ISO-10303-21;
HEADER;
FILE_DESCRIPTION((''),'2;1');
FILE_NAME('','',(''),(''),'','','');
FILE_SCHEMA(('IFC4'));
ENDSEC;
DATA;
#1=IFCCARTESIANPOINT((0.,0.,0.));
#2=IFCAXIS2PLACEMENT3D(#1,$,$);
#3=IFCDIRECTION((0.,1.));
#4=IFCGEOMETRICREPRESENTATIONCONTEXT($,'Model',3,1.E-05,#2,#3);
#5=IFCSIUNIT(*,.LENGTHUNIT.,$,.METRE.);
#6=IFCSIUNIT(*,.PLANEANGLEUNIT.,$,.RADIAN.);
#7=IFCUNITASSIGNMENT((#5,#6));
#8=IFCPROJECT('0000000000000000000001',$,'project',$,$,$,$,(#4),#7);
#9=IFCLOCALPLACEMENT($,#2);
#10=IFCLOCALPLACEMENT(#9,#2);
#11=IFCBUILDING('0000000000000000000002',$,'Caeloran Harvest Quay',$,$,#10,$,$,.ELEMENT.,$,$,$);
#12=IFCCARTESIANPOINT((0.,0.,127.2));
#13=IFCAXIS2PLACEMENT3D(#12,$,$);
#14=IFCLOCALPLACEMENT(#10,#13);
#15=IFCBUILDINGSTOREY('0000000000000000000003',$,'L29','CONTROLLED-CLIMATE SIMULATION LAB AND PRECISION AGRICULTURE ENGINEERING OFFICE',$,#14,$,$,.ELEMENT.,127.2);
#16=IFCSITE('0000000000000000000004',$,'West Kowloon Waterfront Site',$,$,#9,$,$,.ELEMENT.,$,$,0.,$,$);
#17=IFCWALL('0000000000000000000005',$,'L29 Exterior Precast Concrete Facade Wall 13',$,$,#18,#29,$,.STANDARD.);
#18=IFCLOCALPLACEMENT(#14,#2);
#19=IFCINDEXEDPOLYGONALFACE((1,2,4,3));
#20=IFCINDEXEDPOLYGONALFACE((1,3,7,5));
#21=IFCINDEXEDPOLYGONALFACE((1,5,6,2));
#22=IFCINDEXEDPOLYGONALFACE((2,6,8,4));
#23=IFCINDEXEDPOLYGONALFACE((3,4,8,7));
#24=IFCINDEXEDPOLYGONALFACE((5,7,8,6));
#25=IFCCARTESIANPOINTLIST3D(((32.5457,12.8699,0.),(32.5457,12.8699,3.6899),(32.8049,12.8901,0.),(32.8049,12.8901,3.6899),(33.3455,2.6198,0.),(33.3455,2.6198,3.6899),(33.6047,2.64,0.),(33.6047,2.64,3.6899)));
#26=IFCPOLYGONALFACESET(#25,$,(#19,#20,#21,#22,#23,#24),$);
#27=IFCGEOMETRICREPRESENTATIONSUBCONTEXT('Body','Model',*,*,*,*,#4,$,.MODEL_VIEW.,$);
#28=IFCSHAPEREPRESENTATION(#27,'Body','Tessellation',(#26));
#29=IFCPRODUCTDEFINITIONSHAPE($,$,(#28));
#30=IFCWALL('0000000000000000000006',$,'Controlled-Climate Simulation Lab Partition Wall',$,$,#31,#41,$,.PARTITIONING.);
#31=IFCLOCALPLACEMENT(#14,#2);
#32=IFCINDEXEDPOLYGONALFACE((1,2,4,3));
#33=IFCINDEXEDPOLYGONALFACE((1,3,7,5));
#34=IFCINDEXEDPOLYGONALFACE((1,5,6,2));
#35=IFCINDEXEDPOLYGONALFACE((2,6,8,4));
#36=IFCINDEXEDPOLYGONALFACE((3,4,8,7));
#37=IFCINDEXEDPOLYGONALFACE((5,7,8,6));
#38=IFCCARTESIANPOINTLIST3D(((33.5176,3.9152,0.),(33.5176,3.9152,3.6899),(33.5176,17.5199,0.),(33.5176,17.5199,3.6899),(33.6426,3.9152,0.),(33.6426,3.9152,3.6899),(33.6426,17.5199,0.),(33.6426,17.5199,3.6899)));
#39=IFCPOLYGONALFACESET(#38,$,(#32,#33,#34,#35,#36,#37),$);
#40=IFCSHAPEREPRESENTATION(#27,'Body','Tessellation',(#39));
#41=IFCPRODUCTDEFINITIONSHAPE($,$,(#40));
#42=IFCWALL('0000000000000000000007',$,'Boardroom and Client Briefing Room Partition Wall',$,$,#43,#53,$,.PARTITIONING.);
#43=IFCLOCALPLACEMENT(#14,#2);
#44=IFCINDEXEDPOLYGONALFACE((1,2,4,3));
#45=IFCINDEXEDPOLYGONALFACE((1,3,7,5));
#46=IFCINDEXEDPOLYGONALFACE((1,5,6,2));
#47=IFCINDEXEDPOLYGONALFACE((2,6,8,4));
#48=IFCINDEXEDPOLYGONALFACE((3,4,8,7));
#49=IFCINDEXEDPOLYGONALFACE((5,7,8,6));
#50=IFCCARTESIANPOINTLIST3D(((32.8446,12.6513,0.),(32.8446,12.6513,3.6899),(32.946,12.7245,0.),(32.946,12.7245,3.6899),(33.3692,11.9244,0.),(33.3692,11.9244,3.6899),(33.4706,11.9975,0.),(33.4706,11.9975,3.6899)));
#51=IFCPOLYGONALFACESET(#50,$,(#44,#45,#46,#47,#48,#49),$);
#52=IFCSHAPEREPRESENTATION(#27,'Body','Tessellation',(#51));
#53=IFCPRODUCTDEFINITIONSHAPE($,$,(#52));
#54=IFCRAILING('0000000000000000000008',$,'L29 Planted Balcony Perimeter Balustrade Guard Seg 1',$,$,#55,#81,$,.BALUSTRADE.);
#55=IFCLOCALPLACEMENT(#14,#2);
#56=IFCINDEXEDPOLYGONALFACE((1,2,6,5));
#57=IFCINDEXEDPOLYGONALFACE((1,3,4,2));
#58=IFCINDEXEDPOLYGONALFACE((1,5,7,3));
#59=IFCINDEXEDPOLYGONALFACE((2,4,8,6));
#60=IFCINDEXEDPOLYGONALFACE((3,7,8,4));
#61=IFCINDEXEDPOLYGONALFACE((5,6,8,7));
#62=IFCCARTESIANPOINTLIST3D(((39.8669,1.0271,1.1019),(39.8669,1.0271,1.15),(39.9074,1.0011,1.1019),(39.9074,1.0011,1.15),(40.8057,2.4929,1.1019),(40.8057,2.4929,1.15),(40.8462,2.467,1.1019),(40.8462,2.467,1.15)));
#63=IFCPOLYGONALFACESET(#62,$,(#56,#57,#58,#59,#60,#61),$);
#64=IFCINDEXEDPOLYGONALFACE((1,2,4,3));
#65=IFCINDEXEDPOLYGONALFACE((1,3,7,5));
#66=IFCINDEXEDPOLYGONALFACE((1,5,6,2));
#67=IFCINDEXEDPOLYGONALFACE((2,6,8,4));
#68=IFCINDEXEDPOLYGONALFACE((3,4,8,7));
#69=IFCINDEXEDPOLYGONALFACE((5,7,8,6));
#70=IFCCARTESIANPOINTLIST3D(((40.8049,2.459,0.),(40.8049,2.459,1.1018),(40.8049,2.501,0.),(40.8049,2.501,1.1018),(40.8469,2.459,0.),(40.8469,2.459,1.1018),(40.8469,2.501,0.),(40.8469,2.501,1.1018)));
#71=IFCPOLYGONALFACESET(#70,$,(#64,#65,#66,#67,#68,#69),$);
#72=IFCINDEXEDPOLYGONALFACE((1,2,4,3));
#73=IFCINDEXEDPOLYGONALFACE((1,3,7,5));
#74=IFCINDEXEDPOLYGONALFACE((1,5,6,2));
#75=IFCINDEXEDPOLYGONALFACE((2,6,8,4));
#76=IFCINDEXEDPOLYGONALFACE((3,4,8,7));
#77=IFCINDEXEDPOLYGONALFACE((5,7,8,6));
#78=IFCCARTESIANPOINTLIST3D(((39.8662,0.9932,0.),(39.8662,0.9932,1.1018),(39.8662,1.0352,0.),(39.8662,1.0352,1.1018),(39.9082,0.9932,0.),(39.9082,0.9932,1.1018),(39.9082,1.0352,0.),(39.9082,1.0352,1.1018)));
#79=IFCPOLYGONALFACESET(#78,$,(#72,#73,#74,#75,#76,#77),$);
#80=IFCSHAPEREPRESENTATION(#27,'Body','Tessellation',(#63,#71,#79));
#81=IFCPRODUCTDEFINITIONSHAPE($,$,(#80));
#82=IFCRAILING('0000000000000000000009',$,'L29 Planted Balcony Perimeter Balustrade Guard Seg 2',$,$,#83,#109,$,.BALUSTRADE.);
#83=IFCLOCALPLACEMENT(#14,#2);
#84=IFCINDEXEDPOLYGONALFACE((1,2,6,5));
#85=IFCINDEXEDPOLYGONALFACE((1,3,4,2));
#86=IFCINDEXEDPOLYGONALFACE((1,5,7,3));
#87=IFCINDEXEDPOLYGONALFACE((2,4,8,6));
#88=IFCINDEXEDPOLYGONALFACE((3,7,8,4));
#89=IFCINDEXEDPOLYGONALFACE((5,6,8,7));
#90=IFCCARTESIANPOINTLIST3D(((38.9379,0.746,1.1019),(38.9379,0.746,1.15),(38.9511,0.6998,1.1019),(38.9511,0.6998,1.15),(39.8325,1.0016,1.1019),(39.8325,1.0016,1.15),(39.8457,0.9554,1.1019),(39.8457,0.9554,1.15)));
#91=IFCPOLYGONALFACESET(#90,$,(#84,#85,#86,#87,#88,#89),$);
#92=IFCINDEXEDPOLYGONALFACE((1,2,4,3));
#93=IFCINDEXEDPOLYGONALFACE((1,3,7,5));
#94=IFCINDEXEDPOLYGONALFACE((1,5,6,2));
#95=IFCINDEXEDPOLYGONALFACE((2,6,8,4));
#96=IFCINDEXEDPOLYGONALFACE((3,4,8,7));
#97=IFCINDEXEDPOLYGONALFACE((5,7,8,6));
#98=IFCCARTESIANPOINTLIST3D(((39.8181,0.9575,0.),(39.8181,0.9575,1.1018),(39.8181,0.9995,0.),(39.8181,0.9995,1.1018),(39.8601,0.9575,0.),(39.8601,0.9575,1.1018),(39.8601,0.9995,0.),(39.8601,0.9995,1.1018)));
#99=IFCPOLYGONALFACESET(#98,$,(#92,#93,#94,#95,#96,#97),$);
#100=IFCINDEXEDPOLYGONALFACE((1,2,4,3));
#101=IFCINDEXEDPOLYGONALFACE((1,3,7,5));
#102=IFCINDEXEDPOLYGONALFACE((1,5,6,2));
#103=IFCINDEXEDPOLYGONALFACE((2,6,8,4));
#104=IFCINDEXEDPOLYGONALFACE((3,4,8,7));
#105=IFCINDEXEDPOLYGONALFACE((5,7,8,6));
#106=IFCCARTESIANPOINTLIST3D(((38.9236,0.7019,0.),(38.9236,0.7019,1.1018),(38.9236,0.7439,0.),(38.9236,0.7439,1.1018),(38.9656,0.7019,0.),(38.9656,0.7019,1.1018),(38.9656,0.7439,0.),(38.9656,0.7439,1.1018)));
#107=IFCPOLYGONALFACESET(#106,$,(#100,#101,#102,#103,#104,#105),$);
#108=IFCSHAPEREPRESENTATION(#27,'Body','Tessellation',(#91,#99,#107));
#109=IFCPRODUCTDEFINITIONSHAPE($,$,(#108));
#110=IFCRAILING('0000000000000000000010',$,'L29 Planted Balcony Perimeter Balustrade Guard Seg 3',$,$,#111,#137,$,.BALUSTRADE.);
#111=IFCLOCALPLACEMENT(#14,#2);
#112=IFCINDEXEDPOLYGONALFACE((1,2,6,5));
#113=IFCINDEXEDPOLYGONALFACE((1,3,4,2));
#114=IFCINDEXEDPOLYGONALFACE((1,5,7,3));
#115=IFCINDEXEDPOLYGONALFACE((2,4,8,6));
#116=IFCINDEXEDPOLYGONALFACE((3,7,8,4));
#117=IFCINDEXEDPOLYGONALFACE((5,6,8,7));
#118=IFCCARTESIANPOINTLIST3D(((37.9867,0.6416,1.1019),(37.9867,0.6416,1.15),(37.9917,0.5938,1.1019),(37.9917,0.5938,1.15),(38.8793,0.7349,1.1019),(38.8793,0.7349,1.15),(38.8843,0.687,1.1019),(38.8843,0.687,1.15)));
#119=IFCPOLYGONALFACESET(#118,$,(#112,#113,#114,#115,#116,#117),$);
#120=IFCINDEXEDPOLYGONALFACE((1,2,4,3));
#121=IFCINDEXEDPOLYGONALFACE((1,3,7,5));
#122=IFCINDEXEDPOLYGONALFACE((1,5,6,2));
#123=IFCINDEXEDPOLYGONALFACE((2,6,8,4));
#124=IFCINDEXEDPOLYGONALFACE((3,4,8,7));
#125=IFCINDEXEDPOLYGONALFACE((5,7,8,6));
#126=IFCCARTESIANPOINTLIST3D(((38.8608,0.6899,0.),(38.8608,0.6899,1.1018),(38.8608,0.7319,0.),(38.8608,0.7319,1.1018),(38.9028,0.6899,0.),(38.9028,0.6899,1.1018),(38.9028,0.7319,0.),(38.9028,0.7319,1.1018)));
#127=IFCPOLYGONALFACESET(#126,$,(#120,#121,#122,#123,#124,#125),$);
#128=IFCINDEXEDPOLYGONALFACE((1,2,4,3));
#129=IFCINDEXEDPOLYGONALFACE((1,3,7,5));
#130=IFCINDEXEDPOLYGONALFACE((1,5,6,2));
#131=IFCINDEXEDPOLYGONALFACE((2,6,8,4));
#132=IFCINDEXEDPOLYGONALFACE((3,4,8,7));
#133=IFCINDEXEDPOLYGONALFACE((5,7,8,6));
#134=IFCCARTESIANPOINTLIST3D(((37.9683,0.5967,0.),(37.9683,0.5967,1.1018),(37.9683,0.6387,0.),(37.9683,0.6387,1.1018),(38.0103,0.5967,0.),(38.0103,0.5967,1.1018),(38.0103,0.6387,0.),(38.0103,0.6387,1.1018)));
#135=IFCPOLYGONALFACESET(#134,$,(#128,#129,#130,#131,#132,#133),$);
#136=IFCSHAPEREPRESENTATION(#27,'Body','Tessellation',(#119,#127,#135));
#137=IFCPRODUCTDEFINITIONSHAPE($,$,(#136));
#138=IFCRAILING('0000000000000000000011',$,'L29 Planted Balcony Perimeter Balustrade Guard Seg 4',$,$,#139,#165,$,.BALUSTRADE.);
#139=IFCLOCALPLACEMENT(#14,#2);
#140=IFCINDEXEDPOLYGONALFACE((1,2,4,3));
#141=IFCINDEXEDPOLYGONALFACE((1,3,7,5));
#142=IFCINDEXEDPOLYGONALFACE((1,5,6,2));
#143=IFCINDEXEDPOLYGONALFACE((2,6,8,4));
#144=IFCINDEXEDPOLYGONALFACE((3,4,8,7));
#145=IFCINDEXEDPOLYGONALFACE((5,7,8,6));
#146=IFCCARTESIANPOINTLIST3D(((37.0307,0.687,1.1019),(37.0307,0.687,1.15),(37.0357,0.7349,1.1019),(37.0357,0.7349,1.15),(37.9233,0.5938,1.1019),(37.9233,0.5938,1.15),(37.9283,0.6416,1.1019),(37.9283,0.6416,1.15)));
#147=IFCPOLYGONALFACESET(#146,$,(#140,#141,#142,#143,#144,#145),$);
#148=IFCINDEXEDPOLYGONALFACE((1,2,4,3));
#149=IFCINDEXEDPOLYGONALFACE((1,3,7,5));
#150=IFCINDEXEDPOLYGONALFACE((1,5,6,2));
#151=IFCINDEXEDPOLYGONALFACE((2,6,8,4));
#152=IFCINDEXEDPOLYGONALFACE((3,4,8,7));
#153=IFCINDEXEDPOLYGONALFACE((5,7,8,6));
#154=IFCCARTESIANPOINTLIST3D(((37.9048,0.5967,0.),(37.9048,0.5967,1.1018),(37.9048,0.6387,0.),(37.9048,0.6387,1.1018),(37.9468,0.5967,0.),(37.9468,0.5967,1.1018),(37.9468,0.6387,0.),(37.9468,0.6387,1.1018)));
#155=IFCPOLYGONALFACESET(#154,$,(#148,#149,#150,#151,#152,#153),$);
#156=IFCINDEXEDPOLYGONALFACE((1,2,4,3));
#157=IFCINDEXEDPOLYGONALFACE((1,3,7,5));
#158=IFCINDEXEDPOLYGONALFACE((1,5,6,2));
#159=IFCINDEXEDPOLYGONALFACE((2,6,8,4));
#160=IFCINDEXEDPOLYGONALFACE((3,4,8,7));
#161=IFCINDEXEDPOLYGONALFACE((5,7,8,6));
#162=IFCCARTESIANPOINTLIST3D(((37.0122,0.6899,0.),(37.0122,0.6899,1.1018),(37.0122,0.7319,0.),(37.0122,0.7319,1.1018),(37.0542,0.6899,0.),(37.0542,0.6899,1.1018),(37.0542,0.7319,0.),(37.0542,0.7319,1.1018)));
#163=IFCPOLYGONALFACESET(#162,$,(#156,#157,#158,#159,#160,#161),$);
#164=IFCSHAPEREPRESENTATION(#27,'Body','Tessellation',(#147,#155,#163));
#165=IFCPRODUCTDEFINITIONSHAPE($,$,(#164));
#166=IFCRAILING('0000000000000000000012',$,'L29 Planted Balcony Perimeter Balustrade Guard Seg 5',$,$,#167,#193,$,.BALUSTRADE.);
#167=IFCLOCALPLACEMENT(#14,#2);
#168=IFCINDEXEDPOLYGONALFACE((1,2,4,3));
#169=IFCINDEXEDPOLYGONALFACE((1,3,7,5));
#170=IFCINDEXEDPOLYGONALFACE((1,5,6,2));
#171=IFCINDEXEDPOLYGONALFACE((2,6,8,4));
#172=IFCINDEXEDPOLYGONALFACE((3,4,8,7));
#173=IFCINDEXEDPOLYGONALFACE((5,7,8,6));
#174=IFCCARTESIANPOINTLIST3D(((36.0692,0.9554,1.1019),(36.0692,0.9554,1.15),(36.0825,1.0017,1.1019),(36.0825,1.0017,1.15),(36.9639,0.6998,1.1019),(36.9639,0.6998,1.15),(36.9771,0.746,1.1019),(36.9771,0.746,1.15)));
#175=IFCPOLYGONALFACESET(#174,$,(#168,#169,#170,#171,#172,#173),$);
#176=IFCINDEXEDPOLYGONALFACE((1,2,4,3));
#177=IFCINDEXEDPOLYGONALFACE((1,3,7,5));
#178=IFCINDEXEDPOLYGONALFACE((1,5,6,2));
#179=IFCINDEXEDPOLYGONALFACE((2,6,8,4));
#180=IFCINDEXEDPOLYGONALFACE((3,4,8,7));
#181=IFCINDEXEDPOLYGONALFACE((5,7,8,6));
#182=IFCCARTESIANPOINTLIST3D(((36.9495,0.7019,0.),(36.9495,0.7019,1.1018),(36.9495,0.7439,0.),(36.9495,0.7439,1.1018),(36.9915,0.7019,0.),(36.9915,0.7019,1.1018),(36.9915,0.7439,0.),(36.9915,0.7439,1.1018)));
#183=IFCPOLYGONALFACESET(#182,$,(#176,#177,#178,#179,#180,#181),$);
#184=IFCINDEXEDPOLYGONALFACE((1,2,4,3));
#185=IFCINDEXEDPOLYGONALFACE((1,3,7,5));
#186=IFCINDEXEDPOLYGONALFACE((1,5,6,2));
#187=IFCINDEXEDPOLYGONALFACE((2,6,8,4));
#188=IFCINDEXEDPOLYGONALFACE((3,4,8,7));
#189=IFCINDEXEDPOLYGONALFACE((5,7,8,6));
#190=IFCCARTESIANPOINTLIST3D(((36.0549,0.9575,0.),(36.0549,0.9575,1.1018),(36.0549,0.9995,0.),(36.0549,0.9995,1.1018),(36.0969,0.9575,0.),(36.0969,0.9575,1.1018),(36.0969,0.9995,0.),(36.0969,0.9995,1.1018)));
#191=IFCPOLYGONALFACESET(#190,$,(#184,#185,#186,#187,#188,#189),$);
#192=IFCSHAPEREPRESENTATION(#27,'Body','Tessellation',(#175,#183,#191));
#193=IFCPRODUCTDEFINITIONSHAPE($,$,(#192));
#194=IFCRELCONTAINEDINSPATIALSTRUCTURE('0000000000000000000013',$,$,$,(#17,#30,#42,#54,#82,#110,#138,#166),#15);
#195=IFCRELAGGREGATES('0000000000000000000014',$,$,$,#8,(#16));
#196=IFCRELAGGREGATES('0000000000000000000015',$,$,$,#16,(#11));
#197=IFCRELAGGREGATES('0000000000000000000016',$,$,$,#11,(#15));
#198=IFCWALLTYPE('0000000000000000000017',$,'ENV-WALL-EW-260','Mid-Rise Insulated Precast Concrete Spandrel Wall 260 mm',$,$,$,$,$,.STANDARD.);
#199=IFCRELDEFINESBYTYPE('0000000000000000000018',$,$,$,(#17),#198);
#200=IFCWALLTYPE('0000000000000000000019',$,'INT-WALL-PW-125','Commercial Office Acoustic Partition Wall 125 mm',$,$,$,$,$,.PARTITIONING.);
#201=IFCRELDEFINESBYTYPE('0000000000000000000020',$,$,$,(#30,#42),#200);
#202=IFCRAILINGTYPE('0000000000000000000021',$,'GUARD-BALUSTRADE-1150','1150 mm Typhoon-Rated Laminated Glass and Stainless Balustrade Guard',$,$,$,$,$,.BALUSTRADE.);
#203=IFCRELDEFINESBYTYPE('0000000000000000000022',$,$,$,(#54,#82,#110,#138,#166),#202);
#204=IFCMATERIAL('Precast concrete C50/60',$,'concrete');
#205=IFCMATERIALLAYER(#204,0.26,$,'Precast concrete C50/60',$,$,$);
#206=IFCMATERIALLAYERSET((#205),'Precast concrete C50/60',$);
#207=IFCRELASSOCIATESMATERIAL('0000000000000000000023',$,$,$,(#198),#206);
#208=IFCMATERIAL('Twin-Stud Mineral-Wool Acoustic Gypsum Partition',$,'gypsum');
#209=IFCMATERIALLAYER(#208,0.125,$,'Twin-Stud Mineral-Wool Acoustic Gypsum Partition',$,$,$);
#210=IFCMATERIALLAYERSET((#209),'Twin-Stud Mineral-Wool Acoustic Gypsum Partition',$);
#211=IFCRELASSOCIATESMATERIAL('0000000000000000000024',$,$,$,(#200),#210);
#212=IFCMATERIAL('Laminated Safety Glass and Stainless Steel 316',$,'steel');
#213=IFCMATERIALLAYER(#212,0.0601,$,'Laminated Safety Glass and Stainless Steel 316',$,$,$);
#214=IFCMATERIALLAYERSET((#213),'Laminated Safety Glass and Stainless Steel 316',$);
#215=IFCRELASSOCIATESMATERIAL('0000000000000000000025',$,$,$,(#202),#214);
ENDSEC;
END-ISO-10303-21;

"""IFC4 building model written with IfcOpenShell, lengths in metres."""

from ifc_helpers import new_model, si_unit, direction, frame, frame_2d, origin, origin_2d, place, context, subcontext, project, spatial, rectangle, extrude, material, layer, layer_set, type_object, element, save


model = new_model("IFC4")

# Units and contexts
model_context = context("Model", 3, precision=1e-05, world=origin(), true_north=direction((0.0, 1.0)))
body_context = subcontext(model_context, "Body", "Model", "MODEL_VIEW")
ifc_project = project(units=[si_unit("LENGTHUNIT", "METRE"), si_unit("PLANEANGLEUNIT", "RADIAN")], contexts=[model_context])

# Site, building, storey
site_placement = place(None, origin())
site = spatial("IfcSite", under=ifc_project, at=site_placement, Name="West Kowloon Waterfront Site", CompositionType="ELEMENT", RefElevation=0.0)
building_placement = place(site_placement, origin())
building = spatial("IfcBuilding", under=site, at=building_placement, Name="Caeloran Harvest Quay", CompositionType="ELEMENT")
storey_placement = place(building_placement, frame((0.0, 0.0, 127.2)))
storey = spatial("IfcBuildingStorey", under=building, at=storey_placement, Name="L29", Description="CONTROLLED-CLIMATE SIMULATION LAB AND PRECISION AGRICULTURE ENGINEERING OFFICE", CompositionType="ELEMENT", Elevation=127.2)

# Shared definitions
ifc_material_1 = material(Name="Precast concrete C50/60", Category="concrete")

# Shared definitions
ifc_layer_1 = layer(ifc_material_1, 0.26, Name="Precast concrete C50/60")
ifc_layer_set_1 = layer_set([ifc_layer_1], Name="Precast concrete C50/60")
wall_type_1 = type_object("IfcWallType", Name="ENV-WALL-EW-260", Description="Mid-Rise Insulated Precast Concrete Spandrel Wall 260 mm", PredefinedType="STANDARD", material=ifc_layer_set_1)

# Walls
wall_1_placement = place(storey_placement, frame((33.4751, 2.6299, 0.0), z_axis=(0.0, 0.0, 1.0), x_axis=(-0.077793, 0.99697, 0.0)))
element("IfcWall", 1, at=wall_1_placement, inside=storey, type_object=wall_type_1, Name="L29 Exterior Precast Concrete Facade Wall 13", PredefinedType="STANDARD", context=body_context, shape_type="SweptSolid", body=[
    extrude(rectangle(XDim=10.2812, YDim=0.26, at=frame_2d((5.1406, 0.0))), origin(), (0.0, 0.0, 1.0), 3.6899),
])
ifc_material_2 = material(Name="Twin-Stud Mineral-Wool Acoustic Gypsum Partition", Category="gypsum")
ifc_layer_2 = layer(ifc_material_2, 0.125, Name="Twin-Stud Mineral-Wool Acoustic Gypsum Partition")
ifc_layer_set_2 = layer_set([ifc_layer_2], Name="Twin-Stud Mineral-Wool Acoustic Gypsum Partition")
wall_type_2 = type_object("IfcWallType", Name="INT-WALL-PW-125", Description="Commercial Office Acoustic Partition Wall 125 mm", PredefinedType="PARTITIONING", material=ifc_layer_set_2)
wall_2_placement = place(storey_placement, frame((33.5801, 3.9153, 0.0), z_axis=(0.0, 0.0, 1.0), x_axis=(0.0, 1.0, 0.0)))
element("IfcWall", 2, at=wall_2_placement, inside=storey, type_object=wall_type_2, Name="Controlled-Climate Simulation Lab Partition Wall", PredefinedType="PARTITIONING", context=body_context, shape_type="SweptSolid", body=[
    extrude(rectangle(XDim=13.6047, YDim=0.125, at=frame_2d((6.8022, 0.0))), origin(), (0.0, 0.0, 1.0), 3.6899),
])
wall_3_placement = place(storey_placement, frame((33.4199, 11.9609, 0.0), z_axis=(0.0, 0.0, 1.0), x_axis=(-0.585172, 0.810909, 0.0)))
element("IfcWall", 3, at=wall_3_placement, inside=storey, type_object=wall_type_2, Name="Boardroom and Client Briefing Room Partition Wall", PredefinedType="PARTITIONING", context=body_context, shape_type="SweptSolid", body=[
    extrude(rectangle(XDim=0.8965, YDim=0.125, at=frame_2d((0.4482, 0.0))), origin(), (0.0, 0.0, 1.0), 3.6899),
])

# Railings
ifc_material_3 = material(Name="Laminated Safety Glass and Stainless Steel 316", Category="steel")
ifc_layer_3 = layer(ifc_material_3, 0.0601, Name="Laminated Safety Glass and Stainless Steel 316")
ifc_layer_set_3 = layer_set([ifc_layer_3], Name="Laminated Safety Glass and Stainless Steel 316")
railing_type = type_object("IfcRailingType", Name="GUARD-BALUSTRADE-1150", Description="1150 mm Typhoon-Rated Laminated Glass and Stainless Balustrade Guard", PredefinedType="BALUSTRADE", material=ifc_layer_set_3)
railing_1_placement = place(storey_placement, frame((40.8259, 2.48, 0.0)))
element("IfcRailing", 4, at=railing_1_placement, inside=storey, type_object=railing_type, Name="L29 Planted Balcony Perimeter Balustrade Guard Seg 1", PredefinedType="BALUSTRADE", context=body_context, shape_type="SweptSolid", body=[
    extrude(rectangle(XDim=0.0481, YDim=0.0481, at=origin_2d()), frame((0.0, 0.0, 1.126), z_axis=(-0.539296, -0.842116, 0.0), x_axis=(0.842116, -0.539296, 0.0)), (0.0, 0.0, 1.0), 1.7407),
    extrude(rectangle(XDim=0.042, YDim=0.042, at=origin_2d()), origin(), (0.0, 0.0, 1.0), 1.1018),
    extrude(rectangle(XDim=0.042, YDim=0.042, at=origin_2d()), frame((-0.9387, -1.4658, 0.0)), (0.0, 0.0, 1.0), 1.1018),
])
railing_2_placement = place(storey_placement, frame((39.8391, 0.9785, 0.0)))
element("IfcRailing", 5, at=railing_2_placement, inside=storey, type_object=railing_type, Name="L29 Planted Balcony Perimeter Balustrade Guard Seg 2", PredefinedType="BALUSTRADE", context=body_context, shape_type="SweptSolid", body=[
    extrude(rectangle(XDim=0.0481, YDim=0.0481, at=origin_2d()), frame((0.0, 0.0, 1.126), z_axis=(-0.961514, -0.274756, 0.0), x_axis=(0.274756, -0.961514, 0.0)), (0.0, 0.0, 1.0), 0.9304),
    extrude(rectangle(XDim=0.042, YDim=0.042, at=origin_2d()), origin(), (0.0, 0.0, 1.0), 1.1018),
    extrude(rectangle(XDim=0.042, YDim=0.042, at=origin_2d()), frame((-0.8945, -0.2556, 0.0)), (0.0, 0.0, 1.0), 1.1018),
])
railing_3_placement = place(storey_placement, frame((38.8818, 0.7109, 0.0)))
element("IfcRailing", 6, at=railing_3_placement, inside=storey, type_object=railing_type, Name="L29 Planted Balcony Perimeter Balustrade Guard Seg 3", PredefinedType="BALUSTRADE", context=body_context, shape_type="SweptSolid", body=[
    extrude(rectangle(XDim=0.0481, YDim=0.0481, at=origin_2d()), frame((0.0, 0.0, 1.126), z_axis=(-0.994586, -0.10392, 0.0), x_axis=(0.10392, -0.994586, 0.0)), (0.0, 0.0, 1.0), 0.8975),
    extrude(rectangle(XDim=0.042, YDim=0.042, at=origin_2d()), origin(), (0.0, 0.0, 1.0), 1.1018),
    extrude(rectangle(XDim=0.042, YDim=0.042, at=origin_2d()), frame((-0.8926, -0.0933, 0.0)), (0.0, 0.0, 1.0), 1.1018),
])
railing_4_placement = place(storey_placement, frame((37.9258, 0.6177, 0.0)))
element("IfcRailing", 7, at=railing_4_placement, inside=storey, type_object=railing_type, Name="L29 Planted Balcony Perimeter Balustrade Guard Seg 4", PredefinedType="BALUSTRADE", context=body_context, shape_type="SweptSolid", body=[
    extrude(rectangle(XDim=0.0481, YDim=0.0481, at=origin_2d()), frame((0.0, 0.0, 1.126), z_axis=(-0.994586, 0.10392, 0.0), x_axis=(-0.10392, -0.994586, 0.0)), (0.0, 0.0, 1.0), 0.8975),
    extrude(rectangle(XDim=0.042, YDim=0.042, at=origin_2d()), origin(), (0.0, 0.0, 1.0), 1.1018),
    extrude(rectangle(XDim=0.042, YDim=0.042, at=origin_2d()), frame((-0.8926, 0.0933, 0.0)), (0.0, 0.0, 1.0), 1.1018),
])
railing_5_placement = place(storey_placement, frame((36.9705, 0.7229, 0.0)))
element("IfcRailing", 8, at=railing_5_placement, inside=storey, type_object=railing_type, Name="L29 Planted Balcony Perimeter Balustrade Guard Seg 5", PredefinedType="BALUSTRADE", context=body_context, shape_type="SweptSolid", body=[
    extrude(rectangle(XDim=0.0481, YDim=0.0481, at=origin_2d()), frame((0.0, 0.0, 1.126), z_axis=(-0.961514, 0.274756, 0.0), x_axis=(-0.274756, -0.961514, 0.0)), (0.0, 0.0, 1.0), 0.9304),
    extrude(rectangle(XDim=0.042, YDim=0.042, at=origin_2d()), origin(), (0.0, 0.0, 1.0), 1.1018),
    extrude(rectangle(XDim=0.042, YDim=0.042, at=origin_2d()), frame((-0.8945, 0.2556, 0.0)), (0.0, 0.0, 1.0), 1.1018),
])

save(model, "model.ifc")
